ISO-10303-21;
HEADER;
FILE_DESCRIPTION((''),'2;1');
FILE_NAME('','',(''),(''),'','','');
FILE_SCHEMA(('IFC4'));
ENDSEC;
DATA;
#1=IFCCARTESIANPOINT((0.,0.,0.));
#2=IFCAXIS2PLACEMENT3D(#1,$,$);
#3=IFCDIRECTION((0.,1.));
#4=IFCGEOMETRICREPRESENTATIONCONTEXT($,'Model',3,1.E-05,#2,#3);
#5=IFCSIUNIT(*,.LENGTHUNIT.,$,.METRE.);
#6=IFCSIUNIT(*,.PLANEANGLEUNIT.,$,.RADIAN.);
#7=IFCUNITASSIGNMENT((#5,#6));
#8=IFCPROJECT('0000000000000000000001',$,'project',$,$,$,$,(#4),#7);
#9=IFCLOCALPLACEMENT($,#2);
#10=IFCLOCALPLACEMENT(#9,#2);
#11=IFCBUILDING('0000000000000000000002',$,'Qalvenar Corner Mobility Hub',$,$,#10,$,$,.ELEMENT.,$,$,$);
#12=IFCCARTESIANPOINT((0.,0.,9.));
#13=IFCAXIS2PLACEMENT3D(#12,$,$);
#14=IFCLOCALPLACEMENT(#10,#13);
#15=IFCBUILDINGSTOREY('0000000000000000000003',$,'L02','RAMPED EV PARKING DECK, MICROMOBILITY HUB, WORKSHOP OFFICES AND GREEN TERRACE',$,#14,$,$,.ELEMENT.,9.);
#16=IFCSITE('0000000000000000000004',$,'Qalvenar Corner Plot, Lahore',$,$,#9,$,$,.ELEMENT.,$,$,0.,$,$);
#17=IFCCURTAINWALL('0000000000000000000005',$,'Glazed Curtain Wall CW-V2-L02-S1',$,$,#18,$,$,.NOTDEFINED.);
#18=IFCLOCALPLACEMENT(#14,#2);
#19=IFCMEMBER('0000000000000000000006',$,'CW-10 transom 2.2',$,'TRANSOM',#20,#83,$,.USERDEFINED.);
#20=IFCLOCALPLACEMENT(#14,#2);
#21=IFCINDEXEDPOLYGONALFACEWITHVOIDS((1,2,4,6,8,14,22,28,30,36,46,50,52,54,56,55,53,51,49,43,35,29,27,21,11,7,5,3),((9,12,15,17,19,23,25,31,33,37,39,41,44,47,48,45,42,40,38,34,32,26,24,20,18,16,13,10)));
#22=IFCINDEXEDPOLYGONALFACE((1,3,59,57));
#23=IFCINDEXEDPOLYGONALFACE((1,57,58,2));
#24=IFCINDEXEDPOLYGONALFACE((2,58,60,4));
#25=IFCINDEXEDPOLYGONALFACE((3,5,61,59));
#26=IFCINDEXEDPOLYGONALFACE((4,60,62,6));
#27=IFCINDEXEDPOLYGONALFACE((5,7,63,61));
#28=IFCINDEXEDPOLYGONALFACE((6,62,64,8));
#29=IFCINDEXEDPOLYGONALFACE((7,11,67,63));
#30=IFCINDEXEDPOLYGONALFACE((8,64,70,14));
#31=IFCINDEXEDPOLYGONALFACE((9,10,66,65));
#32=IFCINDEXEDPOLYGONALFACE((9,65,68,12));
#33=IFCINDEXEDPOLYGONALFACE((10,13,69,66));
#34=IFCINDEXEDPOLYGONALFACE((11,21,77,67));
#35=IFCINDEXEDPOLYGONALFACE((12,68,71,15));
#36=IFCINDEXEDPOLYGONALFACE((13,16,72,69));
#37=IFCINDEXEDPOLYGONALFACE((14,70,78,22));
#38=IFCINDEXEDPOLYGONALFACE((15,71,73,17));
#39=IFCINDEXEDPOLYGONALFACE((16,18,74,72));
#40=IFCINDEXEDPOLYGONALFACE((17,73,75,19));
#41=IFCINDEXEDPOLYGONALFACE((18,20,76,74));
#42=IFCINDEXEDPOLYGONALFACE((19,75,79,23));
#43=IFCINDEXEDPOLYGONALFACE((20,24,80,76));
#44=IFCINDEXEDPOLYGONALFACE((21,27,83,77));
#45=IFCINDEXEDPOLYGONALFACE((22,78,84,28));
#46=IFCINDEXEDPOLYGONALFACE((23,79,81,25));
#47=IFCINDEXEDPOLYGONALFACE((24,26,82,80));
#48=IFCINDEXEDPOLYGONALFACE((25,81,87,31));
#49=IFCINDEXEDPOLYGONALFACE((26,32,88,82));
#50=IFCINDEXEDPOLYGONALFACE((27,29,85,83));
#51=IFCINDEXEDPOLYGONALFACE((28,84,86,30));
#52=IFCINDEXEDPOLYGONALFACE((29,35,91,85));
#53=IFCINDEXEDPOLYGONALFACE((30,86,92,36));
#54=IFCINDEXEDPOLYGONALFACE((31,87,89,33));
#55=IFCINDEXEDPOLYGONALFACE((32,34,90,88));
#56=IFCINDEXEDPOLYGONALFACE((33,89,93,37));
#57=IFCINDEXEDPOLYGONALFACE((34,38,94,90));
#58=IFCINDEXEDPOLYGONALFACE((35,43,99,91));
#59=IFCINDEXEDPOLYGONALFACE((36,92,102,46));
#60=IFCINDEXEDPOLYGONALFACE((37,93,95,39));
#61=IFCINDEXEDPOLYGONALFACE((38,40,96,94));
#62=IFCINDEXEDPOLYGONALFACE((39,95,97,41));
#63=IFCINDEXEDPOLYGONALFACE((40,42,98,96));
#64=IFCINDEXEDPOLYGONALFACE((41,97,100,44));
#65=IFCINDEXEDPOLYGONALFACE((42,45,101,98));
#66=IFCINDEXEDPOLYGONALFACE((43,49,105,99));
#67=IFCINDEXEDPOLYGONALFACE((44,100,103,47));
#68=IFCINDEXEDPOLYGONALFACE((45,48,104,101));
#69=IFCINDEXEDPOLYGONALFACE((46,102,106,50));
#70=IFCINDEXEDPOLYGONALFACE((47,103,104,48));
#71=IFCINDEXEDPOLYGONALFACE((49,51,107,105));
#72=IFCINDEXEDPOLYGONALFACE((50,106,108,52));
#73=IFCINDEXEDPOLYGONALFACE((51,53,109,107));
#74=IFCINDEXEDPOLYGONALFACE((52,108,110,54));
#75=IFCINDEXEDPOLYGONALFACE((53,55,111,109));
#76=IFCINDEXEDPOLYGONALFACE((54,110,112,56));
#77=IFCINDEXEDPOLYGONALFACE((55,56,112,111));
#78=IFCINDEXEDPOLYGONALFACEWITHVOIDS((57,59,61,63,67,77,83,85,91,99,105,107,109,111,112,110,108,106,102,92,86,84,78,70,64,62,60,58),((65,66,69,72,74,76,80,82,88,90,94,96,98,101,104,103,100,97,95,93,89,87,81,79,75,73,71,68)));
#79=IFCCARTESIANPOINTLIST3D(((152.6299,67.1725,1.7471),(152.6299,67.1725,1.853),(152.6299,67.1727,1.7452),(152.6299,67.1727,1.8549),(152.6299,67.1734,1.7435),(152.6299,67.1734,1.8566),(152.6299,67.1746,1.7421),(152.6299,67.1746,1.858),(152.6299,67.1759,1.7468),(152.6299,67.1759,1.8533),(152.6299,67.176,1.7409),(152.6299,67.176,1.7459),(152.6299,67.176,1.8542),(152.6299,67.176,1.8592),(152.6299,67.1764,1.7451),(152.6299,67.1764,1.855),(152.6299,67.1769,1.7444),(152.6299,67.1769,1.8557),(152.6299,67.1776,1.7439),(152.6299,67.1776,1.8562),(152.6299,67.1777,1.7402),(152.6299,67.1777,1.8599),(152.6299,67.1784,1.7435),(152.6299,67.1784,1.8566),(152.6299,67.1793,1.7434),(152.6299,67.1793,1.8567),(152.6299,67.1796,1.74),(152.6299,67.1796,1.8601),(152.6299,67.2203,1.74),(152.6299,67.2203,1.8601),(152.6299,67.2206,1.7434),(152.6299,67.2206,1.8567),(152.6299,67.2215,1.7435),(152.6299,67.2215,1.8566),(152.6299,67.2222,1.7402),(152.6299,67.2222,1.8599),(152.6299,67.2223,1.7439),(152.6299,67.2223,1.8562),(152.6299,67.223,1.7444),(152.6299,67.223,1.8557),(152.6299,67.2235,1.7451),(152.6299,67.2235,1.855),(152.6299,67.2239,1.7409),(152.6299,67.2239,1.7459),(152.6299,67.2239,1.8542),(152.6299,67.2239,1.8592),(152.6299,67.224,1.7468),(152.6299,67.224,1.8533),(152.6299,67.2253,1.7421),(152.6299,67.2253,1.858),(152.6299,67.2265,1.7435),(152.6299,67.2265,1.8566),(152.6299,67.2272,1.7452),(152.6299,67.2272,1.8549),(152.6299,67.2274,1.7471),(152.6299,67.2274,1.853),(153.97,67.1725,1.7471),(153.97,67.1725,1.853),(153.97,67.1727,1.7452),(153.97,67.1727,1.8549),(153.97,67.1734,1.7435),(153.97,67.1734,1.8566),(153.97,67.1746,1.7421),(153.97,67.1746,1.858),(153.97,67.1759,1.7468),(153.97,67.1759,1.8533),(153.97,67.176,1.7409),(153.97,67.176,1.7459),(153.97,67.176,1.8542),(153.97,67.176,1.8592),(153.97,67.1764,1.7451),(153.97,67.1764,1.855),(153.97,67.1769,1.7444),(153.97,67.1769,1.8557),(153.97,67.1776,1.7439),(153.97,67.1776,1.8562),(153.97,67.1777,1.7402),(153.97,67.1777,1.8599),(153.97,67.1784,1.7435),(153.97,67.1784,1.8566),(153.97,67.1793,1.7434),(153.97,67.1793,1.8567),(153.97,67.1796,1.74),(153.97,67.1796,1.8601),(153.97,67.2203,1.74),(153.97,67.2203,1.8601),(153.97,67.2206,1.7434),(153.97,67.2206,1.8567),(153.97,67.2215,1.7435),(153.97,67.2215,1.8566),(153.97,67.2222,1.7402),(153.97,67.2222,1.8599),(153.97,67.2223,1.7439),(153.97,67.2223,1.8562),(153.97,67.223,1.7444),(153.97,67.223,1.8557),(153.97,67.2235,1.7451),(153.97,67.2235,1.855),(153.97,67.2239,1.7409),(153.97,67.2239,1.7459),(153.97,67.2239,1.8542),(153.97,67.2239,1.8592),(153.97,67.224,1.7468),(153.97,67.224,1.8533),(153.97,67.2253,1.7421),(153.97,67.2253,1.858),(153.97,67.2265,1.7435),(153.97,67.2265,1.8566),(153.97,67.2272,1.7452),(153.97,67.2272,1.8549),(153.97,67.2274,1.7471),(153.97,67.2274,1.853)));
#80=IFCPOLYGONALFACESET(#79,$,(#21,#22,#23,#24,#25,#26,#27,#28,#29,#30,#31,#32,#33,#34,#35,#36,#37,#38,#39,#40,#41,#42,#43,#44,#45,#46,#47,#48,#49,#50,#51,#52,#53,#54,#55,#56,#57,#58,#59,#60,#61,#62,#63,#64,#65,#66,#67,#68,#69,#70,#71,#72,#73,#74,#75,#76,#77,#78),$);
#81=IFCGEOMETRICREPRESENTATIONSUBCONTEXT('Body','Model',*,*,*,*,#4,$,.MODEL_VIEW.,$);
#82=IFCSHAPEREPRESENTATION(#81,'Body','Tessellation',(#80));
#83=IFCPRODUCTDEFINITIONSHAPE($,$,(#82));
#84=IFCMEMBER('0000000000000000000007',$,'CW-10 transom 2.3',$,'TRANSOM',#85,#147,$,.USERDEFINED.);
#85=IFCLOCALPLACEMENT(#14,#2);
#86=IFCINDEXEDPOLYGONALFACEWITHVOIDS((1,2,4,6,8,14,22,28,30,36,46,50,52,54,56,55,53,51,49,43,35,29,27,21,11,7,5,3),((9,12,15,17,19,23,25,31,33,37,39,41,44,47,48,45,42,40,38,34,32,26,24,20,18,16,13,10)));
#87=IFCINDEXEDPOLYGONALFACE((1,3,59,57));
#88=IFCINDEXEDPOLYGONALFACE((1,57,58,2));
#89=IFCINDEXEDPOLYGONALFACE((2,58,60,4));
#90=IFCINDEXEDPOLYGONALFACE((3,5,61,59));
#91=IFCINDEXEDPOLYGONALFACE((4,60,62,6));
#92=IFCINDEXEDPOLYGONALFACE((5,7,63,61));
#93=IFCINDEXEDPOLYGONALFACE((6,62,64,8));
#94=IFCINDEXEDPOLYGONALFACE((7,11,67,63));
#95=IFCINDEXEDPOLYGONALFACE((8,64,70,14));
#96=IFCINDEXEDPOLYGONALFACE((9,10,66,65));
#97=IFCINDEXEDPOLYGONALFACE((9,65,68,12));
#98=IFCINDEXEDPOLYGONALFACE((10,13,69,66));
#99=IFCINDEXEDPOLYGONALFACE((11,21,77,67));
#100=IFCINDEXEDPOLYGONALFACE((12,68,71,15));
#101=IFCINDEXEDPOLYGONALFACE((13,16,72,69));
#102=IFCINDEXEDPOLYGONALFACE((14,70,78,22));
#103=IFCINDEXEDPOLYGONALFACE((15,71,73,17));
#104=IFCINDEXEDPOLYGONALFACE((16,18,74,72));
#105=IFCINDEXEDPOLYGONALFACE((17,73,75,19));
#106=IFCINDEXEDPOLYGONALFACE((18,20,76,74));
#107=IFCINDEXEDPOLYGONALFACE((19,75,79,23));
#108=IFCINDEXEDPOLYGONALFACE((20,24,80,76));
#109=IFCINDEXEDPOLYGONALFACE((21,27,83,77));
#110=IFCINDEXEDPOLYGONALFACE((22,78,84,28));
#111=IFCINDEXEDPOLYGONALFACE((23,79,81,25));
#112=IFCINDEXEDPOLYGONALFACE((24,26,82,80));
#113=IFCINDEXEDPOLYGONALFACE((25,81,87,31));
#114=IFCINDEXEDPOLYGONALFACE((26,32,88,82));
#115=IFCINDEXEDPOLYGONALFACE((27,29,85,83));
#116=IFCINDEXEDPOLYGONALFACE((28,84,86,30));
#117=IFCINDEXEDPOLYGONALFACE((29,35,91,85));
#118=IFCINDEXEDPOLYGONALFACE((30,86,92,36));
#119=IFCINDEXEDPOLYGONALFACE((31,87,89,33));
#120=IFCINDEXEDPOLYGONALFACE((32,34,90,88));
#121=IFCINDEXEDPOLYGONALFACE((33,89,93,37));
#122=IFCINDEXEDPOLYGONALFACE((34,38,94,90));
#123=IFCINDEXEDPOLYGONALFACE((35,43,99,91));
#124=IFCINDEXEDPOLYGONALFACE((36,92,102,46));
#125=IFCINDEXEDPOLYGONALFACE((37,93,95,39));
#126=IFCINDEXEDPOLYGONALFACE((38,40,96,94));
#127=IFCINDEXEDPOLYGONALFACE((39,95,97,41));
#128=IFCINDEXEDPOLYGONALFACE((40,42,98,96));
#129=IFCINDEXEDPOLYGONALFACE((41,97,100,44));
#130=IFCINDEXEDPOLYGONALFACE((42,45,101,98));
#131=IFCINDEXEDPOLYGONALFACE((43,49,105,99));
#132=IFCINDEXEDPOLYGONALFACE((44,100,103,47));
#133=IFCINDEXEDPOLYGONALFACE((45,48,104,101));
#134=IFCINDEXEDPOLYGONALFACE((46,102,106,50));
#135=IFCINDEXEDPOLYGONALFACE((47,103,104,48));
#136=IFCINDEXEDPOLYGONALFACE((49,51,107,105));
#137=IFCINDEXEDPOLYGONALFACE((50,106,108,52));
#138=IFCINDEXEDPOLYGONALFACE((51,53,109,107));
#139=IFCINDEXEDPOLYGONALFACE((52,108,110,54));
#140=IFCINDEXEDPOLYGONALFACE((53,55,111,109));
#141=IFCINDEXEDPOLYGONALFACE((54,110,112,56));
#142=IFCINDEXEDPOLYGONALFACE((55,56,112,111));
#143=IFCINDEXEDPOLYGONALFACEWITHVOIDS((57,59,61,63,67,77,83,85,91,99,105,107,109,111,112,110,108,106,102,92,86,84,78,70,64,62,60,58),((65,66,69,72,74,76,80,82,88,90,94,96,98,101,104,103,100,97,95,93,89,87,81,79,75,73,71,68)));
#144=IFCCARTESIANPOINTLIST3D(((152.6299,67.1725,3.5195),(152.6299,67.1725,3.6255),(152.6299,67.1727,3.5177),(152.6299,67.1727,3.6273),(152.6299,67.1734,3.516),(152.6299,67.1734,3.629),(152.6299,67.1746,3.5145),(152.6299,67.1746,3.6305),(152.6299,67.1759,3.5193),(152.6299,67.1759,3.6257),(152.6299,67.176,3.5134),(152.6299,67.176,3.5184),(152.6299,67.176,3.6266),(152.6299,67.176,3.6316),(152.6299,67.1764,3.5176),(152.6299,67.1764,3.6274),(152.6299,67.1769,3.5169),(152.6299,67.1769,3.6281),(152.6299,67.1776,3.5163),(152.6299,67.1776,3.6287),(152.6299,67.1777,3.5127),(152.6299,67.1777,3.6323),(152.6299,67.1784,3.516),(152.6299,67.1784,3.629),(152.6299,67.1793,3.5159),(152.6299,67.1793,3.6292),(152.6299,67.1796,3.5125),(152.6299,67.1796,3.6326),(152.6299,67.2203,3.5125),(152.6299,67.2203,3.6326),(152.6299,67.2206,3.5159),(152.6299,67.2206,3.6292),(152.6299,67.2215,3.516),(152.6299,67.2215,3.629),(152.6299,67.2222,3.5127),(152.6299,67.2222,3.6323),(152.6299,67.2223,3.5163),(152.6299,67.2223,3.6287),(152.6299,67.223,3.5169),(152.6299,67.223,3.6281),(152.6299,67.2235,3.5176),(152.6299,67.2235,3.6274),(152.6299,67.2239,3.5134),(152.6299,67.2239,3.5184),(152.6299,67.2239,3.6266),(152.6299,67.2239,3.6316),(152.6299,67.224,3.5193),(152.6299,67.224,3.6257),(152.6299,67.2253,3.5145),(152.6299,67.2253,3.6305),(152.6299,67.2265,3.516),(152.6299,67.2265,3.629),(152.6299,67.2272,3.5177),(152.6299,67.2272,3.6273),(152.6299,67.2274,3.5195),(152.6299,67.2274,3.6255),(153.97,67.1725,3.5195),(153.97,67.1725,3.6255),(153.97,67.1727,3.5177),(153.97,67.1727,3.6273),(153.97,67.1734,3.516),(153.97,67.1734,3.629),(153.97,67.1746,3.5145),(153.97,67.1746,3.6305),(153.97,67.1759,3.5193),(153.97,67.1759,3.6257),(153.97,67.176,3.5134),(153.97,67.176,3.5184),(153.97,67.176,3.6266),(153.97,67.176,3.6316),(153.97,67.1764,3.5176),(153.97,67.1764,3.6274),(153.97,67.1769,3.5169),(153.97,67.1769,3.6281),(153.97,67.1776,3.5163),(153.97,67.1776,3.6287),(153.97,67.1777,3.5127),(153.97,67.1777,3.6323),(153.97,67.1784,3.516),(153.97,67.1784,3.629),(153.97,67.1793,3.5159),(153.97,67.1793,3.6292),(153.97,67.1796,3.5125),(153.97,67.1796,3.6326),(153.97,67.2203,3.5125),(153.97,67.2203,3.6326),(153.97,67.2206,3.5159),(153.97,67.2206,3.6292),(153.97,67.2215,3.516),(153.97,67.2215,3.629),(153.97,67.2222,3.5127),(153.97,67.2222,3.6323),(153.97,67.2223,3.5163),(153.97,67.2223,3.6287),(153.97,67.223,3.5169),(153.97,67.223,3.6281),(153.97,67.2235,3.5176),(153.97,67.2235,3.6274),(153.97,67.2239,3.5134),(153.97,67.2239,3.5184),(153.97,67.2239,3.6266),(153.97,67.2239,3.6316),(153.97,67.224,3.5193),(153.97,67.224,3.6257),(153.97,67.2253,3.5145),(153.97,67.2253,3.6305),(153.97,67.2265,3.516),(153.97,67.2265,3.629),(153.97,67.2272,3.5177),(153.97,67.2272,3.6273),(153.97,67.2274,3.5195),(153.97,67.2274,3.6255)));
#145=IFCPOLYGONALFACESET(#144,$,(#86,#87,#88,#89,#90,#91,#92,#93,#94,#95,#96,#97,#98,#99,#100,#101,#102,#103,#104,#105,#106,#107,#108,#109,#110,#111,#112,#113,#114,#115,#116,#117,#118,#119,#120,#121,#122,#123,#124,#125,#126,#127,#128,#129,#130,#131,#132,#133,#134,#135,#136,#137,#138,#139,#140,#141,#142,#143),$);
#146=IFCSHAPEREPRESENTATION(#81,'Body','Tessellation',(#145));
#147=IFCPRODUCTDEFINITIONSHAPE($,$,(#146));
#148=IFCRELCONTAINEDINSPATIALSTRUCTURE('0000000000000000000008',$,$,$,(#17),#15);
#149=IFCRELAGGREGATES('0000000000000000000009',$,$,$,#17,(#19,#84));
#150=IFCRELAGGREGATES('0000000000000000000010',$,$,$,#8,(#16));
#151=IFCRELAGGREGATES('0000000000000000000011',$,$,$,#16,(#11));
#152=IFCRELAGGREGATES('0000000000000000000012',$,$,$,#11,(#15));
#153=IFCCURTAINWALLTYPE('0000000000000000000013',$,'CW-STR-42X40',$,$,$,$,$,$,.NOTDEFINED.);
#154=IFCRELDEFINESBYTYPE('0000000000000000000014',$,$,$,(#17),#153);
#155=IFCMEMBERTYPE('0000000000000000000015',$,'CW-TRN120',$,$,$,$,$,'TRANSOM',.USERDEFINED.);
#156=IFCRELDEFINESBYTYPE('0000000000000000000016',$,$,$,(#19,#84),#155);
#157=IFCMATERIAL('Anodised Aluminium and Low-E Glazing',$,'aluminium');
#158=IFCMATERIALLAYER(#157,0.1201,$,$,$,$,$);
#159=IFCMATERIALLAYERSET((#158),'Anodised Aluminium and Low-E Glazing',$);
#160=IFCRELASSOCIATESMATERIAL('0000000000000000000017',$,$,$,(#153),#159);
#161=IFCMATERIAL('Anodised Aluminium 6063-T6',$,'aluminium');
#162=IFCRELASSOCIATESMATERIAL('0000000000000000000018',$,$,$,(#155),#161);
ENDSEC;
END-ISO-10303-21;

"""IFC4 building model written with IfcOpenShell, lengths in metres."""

from ifc_helpers import new_model, si_unit, direction, frame, origin, origin_2d, place, context, subcontext, project, spatial, hollow_rectangle, extrude, material, layer, layer_set, material_profile, profile_set, type_object, element, aggregate, save


model = new_model("IFC4")

# Units and contexts
model_context = context("Model", 3, precision=1e-05, world=origin(), true_north=direction((0.0, 1.0)))
body_context = subcontext(model_context, "Body", "Model", "MODEL_VIEW")
ifc_project = project(units=[si_unit("LENGTHUNIT", "METRE"), si_unit("PLANEANGLEUNIT", "RADIAN")], contexts=[model_context])

# Site, building, storey
site_placement = place(None, origin())
site = spatial("IfcSite", under=ifc_project, at=site_placement, Name="Qalvenar Corner Plot, Lahore", CompositionType="ELEMENT", RefElevation=0.0)
building_placement = place(site_placement, origin())
building = spatial("IfcBuilding", under=site, at=building_placement, Name="Qalvenar Corner Mobility Hub", CompositionType="ELEMENT")
storey_placement = place(building_placement, frame((0.0, 0.0, 9.0)))
storey = spatial("IfcBuildingStorey", under=building, at=storey_placement, Name="L02", Description="RAMPED EV PARKING DECK, MICROMOBILITY HUB, WORKSHOP OFFICES AND GREEN TERRACE", CompositionType="ELEMENT", Elevation=9.0)

# Curtain wall, members
ifc_material_1 = material(Name="Anodised Aluminium and Low-E Glazing", Category="aluminium")
ifc_layer_1 = layer(ifc_material_1, 0.1201)
ifc_layer_set_1 = layer_set([ifc_layer_1], Name="Anodised Aluminium and Low-E Glazing")
curtain_wall_type = type_object("IfcCurtainWallType", Name="CW-STR-42X40", PredefinedType="NOTDEFINED", material=ifc_layer_set_1)
curtain_wall_placement = place(storey_placement, origin())
curtain_wall = element("IfcCurtainWall", 1, at=curtain_wall_placement, inside=storey, type_object=curtain_wall_type, Name="Glazed Curtain Wall CW-V2-L02-S1", PredefinedType="NOTDEFINED")
ifc_material_2 = material(Name="Anodised Aluminium 6063-T6", Category="aluminium")
ifc_material_profile_1 = material_profile(ifc_material_2, hollow_rectangle(XDim=0.0549, YDim=0.1201, WallThickness=0.0034, InnerFilletRadius=0.0034, OuterFilletRadius=0.0071, at=origin_2d()), Name="RHS120x55x3.5")
ifc_profile_set_1 = profile_set([ifc_material_profile_1], Name="Anodised Aluminium 6063-T6")
member_type_1 = type_object("IfcMemberType", Name="CW-TRN120", ElementType="TRANSOM", PredefinedType="USERDEFINED", material=ifc_profile_set_1)
member_1_placement = place(storey_placement, frame((152.6299, 67.2, 1.8), z_axis=(1.0, 0.0, 0.0), x_axis=(0.0, 1.0, 0.0)))
member_1 = element("IfcMember", 2, at=member_1_placement, type_object=member_type_1, Name="CW-10 transom 2.2", ObjectType="TRANSOM", PredefinedType="USERDEFINED", context=body_context, shape_type="SweptSolid", body=[
    extrude(hollow_rectangle(XDim=0.0549, YDim=0.1201, WallThickness=0.0034, InnerFilletRadius=0.0034, OuterFilletRadius=0.0071, at=origin_2d()), origin(), (0.0, 0.0, 1.0), 1.3401),
])
member_2_placement = place(storey_placement, frame((152.6299, 67.2, 3.5725), z_axis=(1.0, 0.0, 0.0), x_axis=(0.0, 1.0, 0.0)))
member_2 = element("IfcMember", 3, at=member_2_placement, type_object=member_type_1, Name="CW-10 transom 2.3", ObjectType="TRANSOM", PredefinedType="USERDEFINED", context=body_context, shape_type="SweptSolid", body=[
    extrude(hollow_rectangle(XDim=0.0549, YDim=0.1201, WallThickness=0.0034, InnerFilletRadius=0.0034, OuterFilletRadius=0.0071, at=origin_2d()), origin(), (0.0, 0.0, 1.0), 1.3401),
])
aggregate(curtain_wall, [member_1, member_2])

save(model, "model.ifc")
